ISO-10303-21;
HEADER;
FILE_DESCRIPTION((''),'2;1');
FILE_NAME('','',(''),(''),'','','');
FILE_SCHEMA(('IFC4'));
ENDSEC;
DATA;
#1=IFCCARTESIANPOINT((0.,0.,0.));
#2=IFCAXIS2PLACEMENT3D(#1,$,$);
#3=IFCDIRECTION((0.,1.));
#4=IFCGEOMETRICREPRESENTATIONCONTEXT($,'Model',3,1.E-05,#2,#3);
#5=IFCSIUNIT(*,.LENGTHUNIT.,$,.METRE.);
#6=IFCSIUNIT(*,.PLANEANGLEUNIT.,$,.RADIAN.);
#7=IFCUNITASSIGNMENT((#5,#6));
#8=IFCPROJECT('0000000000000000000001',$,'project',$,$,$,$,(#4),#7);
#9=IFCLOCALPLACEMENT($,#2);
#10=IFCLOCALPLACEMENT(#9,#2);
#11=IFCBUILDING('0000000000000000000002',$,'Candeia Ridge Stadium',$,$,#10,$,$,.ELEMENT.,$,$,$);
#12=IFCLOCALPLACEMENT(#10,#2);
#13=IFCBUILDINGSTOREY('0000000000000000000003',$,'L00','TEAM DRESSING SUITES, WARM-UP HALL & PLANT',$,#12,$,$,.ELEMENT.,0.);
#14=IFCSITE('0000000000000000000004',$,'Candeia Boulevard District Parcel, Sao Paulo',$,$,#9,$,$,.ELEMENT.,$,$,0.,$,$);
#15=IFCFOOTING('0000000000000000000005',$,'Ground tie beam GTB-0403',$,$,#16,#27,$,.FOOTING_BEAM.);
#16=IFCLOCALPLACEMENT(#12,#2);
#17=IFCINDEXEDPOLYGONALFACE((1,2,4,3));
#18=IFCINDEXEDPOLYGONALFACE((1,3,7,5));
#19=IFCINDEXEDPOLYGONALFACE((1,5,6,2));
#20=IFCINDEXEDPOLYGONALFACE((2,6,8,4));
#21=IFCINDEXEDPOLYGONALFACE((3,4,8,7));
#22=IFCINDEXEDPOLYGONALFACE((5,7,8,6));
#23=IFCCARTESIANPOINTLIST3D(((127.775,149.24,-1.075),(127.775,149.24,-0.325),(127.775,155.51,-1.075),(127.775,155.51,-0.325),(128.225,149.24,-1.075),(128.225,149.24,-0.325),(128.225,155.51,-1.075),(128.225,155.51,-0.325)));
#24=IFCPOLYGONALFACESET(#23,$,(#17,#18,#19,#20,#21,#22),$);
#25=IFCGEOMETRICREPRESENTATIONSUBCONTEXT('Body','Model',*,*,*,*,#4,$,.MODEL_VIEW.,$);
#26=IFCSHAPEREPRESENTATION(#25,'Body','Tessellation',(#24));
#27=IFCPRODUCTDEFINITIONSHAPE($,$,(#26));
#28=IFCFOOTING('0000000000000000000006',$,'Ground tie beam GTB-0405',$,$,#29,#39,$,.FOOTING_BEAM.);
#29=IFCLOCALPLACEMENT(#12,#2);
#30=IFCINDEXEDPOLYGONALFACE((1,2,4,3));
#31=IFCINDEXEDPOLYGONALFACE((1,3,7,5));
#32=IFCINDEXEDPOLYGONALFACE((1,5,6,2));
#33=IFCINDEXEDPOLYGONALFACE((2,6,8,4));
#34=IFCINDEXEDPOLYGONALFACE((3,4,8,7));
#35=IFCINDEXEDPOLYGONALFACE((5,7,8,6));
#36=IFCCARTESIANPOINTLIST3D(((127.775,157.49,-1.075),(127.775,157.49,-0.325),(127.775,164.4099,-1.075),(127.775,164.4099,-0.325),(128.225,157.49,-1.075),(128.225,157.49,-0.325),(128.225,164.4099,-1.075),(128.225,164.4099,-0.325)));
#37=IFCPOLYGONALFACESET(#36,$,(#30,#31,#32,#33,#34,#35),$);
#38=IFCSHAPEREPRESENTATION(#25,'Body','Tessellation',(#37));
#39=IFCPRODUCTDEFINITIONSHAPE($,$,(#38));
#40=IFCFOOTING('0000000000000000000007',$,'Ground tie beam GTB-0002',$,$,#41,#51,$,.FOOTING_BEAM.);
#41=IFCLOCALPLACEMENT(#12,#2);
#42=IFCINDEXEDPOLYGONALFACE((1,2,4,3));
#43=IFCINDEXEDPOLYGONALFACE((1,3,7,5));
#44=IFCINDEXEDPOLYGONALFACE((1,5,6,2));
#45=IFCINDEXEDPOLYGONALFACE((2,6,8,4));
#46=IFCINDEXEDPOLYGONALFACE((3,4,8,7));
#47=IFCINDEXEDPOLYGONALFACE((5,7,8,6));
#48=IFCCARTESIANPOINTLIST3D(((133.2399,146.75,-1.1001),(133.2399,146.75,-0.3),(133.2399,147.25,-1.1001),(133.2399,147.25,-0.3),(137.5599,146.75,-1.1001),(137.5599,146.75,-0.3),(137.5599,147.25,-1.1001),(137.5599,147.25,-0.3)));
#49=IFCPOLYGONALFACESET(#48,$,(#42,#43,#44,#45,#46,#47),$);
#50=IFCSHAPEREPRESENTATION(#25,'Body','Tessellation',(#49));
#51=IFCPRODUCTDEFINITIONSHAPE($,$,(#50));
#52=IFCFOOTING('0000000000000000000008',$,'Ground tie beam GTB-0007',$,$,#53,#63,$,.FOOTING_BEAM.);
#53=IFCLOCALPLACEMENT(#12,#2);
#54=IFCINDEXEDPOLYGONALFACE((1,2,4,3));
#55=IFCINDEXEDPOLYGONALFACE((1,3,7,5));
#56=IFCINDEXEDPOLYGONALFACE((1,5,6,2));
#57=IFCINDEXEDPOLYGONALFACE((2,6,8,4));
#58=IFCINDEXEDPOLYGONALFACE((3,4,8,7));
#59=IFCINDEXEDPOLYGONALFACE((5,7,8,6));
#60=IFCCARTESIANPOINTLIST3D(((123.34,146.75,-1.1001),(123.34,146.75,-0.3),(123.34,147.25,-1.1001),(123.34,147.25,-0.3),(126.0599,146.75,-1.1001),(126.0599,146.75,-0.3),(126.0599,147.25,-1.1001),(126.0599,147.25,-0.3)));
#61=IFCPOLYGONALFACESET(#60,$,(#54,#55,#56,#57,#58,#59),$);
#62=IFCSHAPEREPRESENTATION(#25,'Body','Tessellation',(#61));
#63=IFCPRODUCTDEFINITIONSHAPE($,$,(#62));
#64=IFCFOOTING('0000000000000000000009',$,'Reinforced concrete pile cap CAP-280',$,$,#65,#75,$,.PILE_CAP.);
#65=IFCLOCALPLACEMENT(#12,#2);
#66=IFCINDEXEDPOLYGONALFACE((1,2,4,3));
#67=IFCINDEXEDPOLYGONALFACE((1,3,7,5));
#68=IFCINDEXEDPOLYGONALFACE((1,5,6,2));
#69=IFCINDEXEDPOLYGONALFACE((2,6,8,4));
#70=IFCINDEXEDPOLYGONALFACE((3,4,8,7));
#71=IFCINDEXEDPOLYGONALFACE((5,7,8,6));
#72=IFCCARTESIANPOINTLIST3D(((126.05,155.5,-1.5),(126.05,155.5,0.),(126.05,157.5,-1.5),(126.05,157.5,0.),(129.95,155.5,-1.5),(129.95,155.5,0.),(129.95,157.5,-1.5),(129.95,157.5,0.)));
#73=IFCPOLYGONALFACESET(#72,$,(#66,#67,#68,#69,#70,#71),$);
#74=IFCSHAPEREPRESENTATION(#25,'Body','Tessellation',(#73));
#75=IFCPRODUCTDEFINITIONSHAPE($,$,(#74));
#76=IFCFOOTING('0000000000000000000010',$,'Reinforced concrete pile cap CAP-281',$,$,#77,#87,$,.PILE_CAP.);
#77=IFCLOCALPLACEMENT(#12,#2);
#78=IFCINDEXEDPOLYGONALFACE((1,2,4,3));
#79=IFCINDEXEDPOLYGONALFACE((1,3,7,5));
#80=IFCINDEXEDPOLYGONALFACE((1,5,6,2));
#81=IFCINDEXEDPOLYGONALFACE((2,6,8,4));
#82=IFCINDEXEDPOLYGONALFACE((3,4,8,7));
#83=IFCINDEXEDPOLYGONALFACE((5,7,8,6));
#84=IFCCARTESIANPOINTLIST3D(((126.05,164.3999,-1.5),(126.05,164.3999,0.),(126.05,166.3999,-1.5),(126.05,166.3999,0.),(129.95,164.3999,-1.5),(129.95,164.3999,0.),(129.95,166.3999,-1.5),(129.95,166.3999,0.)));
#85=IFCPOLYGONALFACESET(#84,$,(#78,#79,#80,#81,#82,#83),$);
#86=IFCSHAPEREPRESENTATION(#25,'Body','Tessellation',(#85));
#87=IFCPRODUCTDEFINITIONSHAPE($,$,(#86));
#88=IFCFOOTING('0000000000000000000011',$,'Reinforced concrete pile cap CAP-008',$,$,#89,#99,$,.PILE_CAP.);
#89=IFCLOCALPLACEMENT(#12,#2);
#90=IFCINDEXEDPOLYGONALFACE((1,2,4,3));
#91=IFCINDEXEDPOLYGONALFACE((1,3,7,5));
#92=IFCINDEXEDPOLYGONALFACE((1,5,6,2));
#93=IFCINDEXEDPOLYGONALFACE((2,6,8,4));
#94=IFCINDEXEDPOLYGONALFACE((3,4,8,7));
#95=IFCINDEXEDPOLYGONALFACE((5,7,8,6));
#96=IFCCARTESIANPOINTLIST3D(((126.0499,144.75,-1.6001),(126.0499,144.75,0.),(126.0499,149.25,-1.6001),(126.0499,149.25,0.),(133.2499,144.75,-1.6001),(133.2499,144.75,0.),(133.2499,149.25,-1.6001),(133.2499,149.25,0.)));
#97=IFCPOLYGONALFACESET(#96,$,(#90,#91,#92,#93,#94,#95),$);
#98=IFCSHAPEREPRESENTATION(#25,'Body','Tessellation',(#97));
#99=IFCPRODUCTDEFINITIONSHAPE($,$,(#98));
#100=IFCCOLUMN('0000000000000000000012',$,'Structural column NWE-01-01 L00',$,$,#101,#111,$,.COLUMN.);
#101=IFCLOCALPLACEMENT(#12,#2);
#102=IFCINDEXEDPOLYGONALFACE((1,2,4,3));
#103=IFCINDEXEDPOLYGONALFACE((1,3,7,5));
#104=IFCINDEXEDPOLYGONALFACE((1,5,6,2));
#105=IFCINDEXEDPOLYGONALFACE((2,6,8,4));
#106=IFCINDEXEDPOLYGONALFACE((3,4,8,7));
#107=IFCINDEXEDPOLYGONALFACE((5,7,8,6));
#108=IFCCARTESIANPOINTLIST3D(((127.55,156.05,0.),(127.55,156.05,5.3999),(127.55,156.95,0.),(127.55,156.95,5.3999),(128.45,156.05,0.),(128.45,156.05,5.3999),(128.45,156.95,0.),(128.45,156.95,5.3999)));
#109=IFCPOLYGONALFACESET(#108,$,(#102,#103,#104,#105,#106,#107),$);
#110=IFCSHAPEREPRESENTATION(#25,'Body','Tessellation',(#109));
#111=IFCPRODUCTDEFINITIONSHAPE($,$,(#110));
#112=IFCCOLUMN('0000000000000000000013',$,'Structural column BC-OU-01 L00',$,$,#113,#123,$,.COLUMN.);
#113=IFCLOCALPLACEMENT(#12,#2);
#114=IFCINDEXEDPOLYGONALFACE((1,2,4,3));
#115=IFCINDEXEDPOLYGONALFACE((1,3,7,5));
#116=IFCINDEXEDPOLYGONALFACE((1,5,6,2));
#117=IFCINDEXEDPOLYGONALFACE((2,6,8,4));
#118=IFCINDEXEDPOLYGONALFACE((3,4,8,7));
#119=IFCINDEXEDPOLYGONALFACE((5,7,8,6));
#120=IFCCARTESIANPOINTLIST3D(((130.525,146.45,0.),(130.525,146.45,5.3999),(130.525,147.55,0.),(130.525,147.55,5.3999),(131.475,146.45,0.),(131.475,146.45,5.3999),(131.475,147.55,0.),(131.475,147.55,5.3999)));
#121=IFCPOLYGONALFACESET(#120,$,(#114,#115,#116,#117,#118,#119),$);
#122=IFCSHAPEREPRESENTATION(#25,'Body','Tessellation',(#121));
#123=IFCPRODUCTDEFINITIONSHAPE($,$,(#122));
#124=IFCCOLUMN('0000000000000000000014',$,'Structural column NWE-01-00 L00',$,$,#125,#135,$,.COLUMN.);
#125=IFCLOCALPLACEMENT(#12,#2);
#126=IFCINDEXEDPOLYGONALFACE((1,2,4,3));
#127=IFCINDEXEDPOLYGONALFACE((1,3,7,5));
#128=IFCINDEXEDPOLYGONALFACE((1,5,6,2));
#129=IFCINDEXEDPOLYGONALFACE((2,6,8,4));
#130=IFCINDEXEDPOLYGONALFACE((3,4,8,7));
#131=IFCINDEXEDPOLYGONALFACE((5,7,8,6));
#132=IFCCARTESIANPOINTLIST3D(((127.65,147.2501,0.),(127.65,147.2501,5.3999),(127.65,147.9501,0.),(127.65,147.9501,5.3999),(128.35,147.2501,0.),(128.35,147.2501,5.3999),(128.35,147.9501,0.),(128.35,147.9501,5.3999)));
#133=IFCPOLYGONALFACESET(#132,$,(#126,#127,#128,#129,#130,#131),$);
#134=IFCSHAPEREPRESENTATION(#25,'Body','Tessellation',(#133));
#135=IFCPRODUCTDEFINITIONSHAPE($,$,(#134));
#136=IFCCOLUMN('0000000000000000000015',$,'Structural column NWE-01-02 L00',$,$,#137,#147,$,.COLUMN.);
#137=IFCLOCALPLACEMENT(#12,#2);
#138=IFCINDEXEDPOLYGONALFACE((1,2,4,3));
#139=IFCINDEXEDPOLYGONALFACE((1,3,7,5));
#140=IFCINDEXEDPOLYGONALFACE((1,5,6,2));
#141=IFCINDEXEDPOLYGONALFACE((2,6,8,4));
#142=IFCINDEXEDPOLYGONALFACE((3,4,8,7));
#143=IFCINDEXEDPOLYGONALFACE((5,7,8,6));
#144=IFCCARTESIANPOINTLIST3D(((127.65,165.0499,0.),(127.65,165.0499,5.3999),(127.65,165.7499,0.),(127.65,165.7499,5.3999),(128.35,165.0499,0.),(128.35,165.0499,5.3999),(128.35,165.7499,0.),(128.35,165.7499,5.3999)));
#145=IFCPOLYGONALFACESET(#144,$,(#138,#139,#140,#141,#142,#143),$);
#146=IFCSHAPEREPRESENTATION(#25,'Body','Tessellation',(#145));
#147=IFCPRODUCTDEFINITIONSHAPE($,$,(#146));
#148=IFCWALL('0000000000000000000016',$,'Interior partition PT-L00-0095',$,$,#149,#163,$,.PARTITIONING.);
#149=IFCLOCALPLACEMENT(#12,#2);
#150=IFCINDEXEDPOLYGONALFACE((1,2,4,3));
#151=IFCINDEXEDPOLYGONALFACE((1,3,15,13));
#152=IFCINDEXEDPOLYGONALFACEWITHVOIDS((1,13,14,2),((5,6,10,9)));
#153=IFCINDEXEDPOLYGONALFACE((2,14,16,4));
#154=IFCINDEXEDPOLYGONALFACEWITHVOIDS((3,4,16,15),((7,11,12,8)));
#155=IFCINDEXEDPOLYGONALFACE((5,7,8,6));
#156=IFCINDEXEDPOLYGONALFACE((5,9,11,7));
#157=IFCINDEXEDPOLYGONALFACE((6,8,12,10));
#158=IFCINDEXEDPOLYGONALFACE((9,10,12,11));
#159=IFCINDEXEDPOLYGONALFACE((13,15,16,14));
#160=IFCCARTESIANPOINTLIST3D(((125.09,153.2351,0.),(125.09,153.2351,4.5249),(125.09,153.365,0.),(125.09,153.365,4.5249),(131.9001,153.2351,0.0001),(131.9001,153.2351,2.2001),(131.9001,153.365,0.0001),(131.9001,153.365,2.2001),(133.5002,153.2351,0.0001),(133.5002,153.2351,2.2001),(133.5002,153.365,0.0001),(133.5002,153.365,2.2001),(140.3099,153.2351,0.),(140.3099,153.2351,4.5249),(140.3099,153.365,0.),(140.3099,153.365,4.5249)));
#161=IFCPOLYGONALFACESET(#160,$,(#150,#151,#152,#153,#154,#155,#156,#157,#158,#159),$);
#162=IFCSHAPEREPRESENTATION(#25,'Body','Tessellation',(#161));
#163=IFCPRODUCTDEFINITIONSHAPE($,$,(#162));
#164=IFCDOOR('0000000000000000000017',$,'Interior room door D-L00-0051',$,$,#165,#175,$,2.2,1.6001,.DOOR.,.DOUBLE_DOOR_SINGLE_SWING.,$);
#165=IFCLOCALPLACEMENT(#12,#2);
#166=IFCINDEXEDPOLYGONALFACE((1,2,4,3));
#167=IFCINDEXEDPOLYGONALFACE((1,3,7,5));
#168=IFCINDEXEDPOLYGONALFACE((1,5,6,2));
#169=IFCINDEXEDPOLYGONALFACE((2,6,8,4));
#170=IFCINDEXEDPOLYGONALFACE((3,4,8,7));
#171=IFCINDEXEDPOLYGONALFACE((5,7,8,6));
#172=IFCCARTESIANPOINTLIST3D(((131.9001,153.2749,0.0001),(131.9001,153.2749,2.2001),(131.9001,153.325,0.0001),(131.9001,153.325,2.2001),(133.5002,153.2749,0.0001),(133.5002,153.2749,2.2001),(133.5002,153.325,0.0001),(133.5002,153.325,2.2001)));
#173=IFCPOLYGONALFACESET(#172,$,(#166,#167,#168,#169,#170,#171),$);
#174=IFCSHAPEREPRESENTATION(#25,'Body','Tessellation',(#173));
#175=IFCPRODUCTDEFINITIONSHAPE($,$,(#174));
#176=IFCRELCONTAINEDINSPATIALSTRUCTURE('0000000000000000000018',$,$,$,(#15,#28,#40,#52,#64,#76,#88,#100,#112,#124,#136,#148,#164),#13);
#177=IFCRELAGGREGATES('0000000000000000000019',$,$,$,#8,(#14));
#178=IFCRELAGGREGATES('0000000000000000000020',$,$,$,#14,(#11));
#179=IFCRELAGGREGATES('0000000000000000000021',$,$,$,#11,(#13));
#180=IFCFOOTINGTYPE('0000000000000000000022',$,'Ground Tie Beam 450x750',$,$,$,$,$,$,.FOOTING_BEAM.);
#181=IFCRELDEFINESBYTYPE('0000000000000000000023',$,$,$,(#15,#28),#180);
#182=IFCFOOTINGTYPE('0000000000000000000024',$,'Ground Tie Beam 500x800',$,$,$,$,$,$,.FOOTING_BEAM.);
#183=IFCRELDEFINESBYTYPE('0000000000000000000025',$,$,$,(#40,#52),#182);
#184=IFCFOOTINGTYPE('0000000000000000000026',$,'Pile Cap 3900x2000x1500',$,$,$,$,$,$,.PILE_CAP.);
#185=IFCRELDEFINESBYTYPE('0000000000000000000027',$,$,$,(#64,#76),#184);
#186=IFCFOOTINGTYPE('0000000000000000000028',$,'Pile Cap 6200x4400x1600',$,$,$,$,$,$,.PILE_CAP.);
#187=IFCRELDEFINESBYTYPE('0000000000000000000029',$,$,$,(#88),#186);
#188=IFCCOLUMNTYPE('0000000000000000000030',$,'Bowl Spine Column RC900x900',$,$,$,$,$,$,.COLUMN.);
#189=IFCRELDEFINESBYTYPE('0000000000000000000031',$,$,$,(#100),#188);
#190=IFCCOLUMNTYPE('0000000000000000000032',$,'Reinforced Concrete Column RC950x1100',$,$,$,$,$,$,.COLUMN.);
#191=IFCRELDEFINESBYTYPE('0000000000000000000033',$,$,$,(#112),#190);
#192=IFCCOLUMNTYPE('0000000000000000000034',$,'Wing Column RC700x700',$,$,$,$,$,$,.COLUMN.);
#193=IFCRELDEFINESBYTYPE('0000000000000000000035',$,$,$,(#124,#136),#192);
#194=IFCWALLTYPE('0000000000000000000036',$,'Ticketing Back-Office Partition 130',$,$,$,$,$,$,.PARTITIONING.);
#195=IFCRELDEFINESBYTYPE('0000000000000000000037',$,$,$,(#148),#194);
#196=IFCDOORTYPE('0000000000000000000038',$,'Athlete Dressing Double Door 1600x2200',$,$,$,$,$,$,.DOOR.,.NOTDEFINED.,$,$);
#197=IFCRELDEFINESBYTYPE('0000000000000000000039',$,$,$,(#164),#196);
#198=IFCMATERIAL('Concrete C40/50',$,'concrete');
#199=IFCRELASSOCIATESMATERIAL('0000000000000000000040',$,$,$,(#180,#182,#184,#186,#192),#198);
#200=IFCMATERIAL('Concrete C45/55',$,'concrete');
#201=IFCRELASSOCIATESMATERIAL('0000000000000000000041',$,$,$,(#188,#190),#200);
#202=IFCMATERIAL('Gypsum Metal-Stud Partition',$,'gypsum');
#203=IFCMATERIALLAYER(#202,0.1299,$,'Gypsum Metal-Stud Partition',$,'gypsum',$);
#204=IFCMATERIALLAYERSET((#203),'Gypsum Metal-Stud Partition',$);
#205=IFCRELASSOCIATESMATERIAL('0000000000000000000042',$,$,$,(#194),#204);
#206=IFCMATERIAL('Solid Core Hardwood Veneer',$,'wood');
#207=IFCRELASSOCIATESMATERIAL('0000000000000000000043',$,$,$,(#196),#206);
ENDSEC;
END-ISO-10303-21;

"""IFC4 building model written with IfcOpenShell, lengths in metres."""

from ifc_helpers import new_model, si_unit, direction, frame, frame_2d, origin, origin_2d, place, context, subcontext, project, spatial, rectangle, extrude, material, layer, layer_set, material_profile, profile_set, type_object, element, fill, save


model = new_model("IFC4")

# Units and contexts
model_context = context("Model", 3, precision=1e-05, world=origin(), true_north=direction((0.0, 1.0)))
body_context = subcontext(model_context, "Body", "Model", "MODEL_VIEW")
ifc_project = project(units=[si_unit("LENGTHUNIT", "METRE"), si_unit("PLANEANGLEUNIT", "RADIAN")], contexts=[model_context])

# Site, building, storey
site_placement = place(None, origin())
site = spatial("IfcSite", under=ifc_project, at=site_placement, Name="Candeia Boulevard District Parcel, Sao Paulo", CompositionType="ELEMENT", RefElevation=0.0)
building_placement = place(site_placement, origin())
building = spatial("IfcBuilding", under=site, at=building_placement, Name="Candeia Ridge Stadium", CompositionType="ELEMENT")
storey_placement = place(building_placement, origin())
storey = spatial("IfcBuildingStorey", under=building, at=storey_placement, Name="L00", Description="TEAM DRESSING SUITES, WARM-UP HALL & PLANT", CompositionType="ELEMENT", Elevation=0.0)

# Shared definitions
ifc_material_1 = material(Name="Concrete C40/50", Category="concrete")

# Footings
footing_type_1 = type_object("IfcFootingType", Name="Ground Tie Beam 450x750", PredefinedType="FOOTING_BEAM", material=ifc_material_1)
footing_1_placement = place(storey_placement, frame((128.0, 152.375, -1.075), z_axis=(0.0, 0.0, 1.0), x_axis=(0.0, 1.0, 0.0)))
element("IfcFooting", 1, at=footing_1_placement, inside=storey, type_object=footing_type_1, Name="Ground tie beam GTB-0403", PredefinedType="FOOTING_BEAM", context=body_context, shape_type="SweptSolid", body=[
    extrude(rectangle(XDim=6.27, YDim=0.45, at=origin_2d()), origin(), (0.0, 0.0, 1.0), 0.75),
])
footing_2_placement = place(storey_placement, frame((128.0, 160.95, -1.075), z_axis=(0.0, 0.0, 1.0), x_axis=(0.0, 1.0, 0.0)))
element("IfcFooting", 2, at=footing_2_placement, inside=storey, type_object=footing_type_1, Name="Ground tie beam GTB-0405", PredefinedType="FOOTING_BEAM", context=body_context, shape_type="SweptSolid", body=[
    extrude(rectangle(XDim=6.9199, YDim=0.45, at=origin_2d()), origin(), (0.0, 0.0, 1.0), 0.75),
])
footing_type_2 = type_object("IfcFootingType", Name="Ground Tie Beam 500x800", PredefinedType="FOOTING_BEAM", material=ifc_material_1)
footing_3_placement = place(storey_placement, frame((135.3999, 147.0, -1.1001), z_axis=(0.0, 0.0, 1.0), x_axis=(-1.0, 0.0, 0.0)))
element("IfcFooting", 3, at=footing_3_placement, inside=storey, type_object=footing_type_2, Name="Ground tie beam GTB-0002", PredefinedType="FOOTING_BEAM", context=body_context, shape_type="SweptSolid", body=[
    extrude(rectangle(XDim=4.3201, YDim=0.5, at=origin_2d()), origin(), (0.0, 0.0, 1.0), 0.8),
])
footing_4_placement = place(storey_placement, frame((124.7, 147.0, -1.1001), z_axis=(0.0, 0.0, 1.0), x_axis=(-1.0, 0.0, 0.0)))
element("IfcFooting", 4, at=footing_4_placement, inside=storey, type_object=footing_type_2, Name="Ground tie beam GTB-0007", PredefinedType="FOOTING_BEAM", context=body_context, shape_type="SweptSolid", body=[
    extrude(rectangle(XDim=2.72, YDim=0.5, at=origin_2d()), origin(), (0.0, 0.0, 1.0), 0.8),
])
footing_type_3 = type_object("IfcFootingType", Name="Pile Cap 3900x2000x1500", PredefinedType="PILE_CAP", material=ifc_material_1)
for number, where, z_axis, x_axis, name in (
    (5, (128.0, 156.5, -1.5), (0.0, 0.0, 1.0), (1.0, 0.0, 0.0), "Reinforced concrete pile cap CAP-280"),
    (6, (128.0, 165.3999, -1.5), (0.0, 0.0, 1.0), (1.0, 0.0, 0.0), "Reinforced concrete pile cap CAP-281"),
):
    element("IfcFooting", number, at=place(storey_placement, frame(where, z_axis=z_axis, x_axis=x_axis)), inside=storey, type_object=footing_type_3, Name=name, PredefinedType="PILE_CAP", context=body_context, shape_type="SweptSolid", body=[
        extrude(rectangle(XDim=3.8999, YDim=2.0, at=origin_2d()), origin(), (0.0, 0.0, 1.0), 1.5),
    ])
footing_type_4 = type_object("IfcFootingType", Name="Pile Cap 6200x4400x1600", PredefinedType="PILE_CAP", material=ifc_material_1)
footing_5_placement = place(storey_placement, frame((129.6499, 147.0, -1.6001), z_axis=(0.0, 0.0, 1.0), x_axis=(1.0, 0.0, 0.0)))
element("IfcFooting", 7, at=footing_5_placement, inside=storey, type_object=footing_type_4, Name="Reinforced concrete pile cap CAP-008", PredefinedType="PILE_CAP", context=body_context, shape_type="SweptSolid", body=[
    extrude(rectangle(XDim=7.2, YDim=4.5, at=origin_2d()), origin(), (0.0, 0.0, 1.0), 1.6001),
])

# Columns
ifc_material_2 = material(Name="Concrete C45/55", Category="concrete")
ifc_material_profile_1 = material_profile(ifc_material_2, rectangle(XDim=0.8999, YDim=0.8999, at=origin_2d()), Name="RC900x900", Category="concrete")
ifc_profile_set_1 = profile_set([ifc_material_profile_1], Name="Concrete C45/55")
column_type_1 = type_object("IfcColumnType", Name="Bowl Spine Column RC900x900", PredefinedType="COLUMN", material=ifc_profile_set_1)
column_1_placement = place(storey_placement, frame((128.0, 156.5, 0.0), z_axis=(0.0, 0.0, 1.0), x_axis=(1.0, 0.0, 0.0)))
element("IfcColumn", 8, at=column_1_placement, inside=storey, type_object=column_type_1, Name="Structural column NWE-01-01 L00", PredefinedType="COLUMN", context=body_context, shape_type="SweptSolid", body=[
    extrude(rectangle(XDim=0.8999, YDim=0.8999, at=origin_2d()), origin(), (0.0, 0.0, 1.0), 5.3999),
])
ifc_material_profile_2 = material_profile(ifc_material_2, rectangle(XDim=0.95, YDim=1.1001, at=origin_2d()), Name="RC950x1100", Category="concrete")
ifc_profile_set_2 = profile_set([ifc_material_profile_2], Name="Concrete C45/55")
column_type_2 = type_object("IfcColumnType", Name="Reinforced Concrete Column RC950x1100", PredefinedType="COLUMN", material=ifc_profile_set_2)
column_2_placement = place(storey_placement, frame((131.0, 147.0, 0.0), z_axis=(0.0, 0.0, 1.0), x_axis=(1.0, 0.0, 0.0)))
element("IfcColumn", 9, at=column_2_placement, inside=storey, type_object=column_type_2, Name="Structural column BC-OU-01 L00", PredefinedType="COLUMN", context=body_context, shape_type="SweptSolid", body=[
    extrude(rectangle(XDim=0.95, YDim=1.1001, at=origin_2d()), origin(), (0.0, 0.0, 1.0), 5.3999),
])
ifc_material_profile_3 = material_profile(ifc_material_1, rectangle(XDim=0.7, YDim=0.7, at=origin_2d()), Name="RC700x700", Category="concrete")
ifc_profile_set_3 = profile_set([ifc_material_profile_3], Name="Concrete C40/50")
column_type_3 = type_object("IfcColumnType", Name="Wing Column RC700x700", PredefinedType="COLUMN", material=ifc_profile_set_3)
for number, where, z_axis, x_axis, name in (
    (10, (128.0, 147.6001, 0.0), (0.0, 0.0, 1.0), (1.0, 0.0, 0.0), "Structural column NWE-01-00 L00"),
    (11, (128.0, 165.3999, 0.0), (0.0, 0.0, 1.0), (1.0, 0.0, 0.0), "Structural column NWE-01-02 L00"),
):
    element("IfcColumn", number, at=place(storey_placement, frame(where, z_axis=z_axis, x_axis=x_axis)), inside=storey, type_object=column_type_3, Name=name, PredefinedType="COLUMN", context=body_context, shape_type="SweptSolid", body=[
        extrude(rectangle(XDim=0.7, YDim=0.7, at=origin_2d()), origin(), (0.0, 0.0, 1.0), 5.3999),
    ])

# Wall, opening, door
ifc_material_3 = material(Name="Gypsum Metal-Stud Partition", Category="gypsum")
ifc_layer_1 = layer(ifc_material_3, 0.1299, Name="Gypsum Metal-Stud Partition", Category="gypsum")
ifc_layer_set_1 = layer_set([ifc_layer_1], Name="Gypsum Metal-Stud Partition")
wall_type_1 = type_object("IfcWallType", Name="Ticketing Back-Office Partition 130", PredefinedType="PARTITIONING", material=ifc_layer_set_1)
wall_1_placement = place(storey_placement, frame((125.0901, 153.3, 0.0), z_axis=(0.0, 0.0, 1.0), x_axis=(1.0, 0.0, 0.0)))
wall_1 = element("IfcWall", 12, at=wall_1_placement, inside=storey, type_object=wall_type_1, Name="Interior partition PT-L00-0095", PredefinedType="PARTITIONING", context=body_context, shape_type="SweptSolid", body=[
    extrude(rectangle(XDim=15.22, YDim=0.1299, at=frame_2d((7.6099, 0.0))), origin(), (0.0, 0.0, 1.0), 4.5249),
])
opening_1_placement = place(wall_1_placement, frame((6.8101, 0.0, 0.0)))
opening_1 = element("IfcOpeningElement", 13, at=opening_1_placement, cuts=wall_1, PredefinedType="OPENING", context=body_context, shape_type="SweptSolid", body=[
    extrude(rectangle(XDim=1.6001, YDim=2.2, at=frame_2d((0.8, 1.1001))), frame((0.0, 0.075, 0.0), z_axis=(0.0, -1.0, 0.0), x_axis=(1.0, 0.0, 0.0)), (0.0, 0.0, 1.0), 0.1499),
])
ifc_material_4 = material(Name="Solid Core Hardwood Veneer", Category="wood")
door_type_1 = type_object("IfcDoorType", Name="Athlete Dressing Double Door 1600x2200", OperationType="NOTDEFINED", PredefinedType="DOOR", material=ifc_material_4)
door_1_placement = place(opening_1_placement, origin())
door_1 = element("IfcDoor", 14, at=door_1_placement, inside=storey, type_object=door_type_1, Name="Interior room door D-L00-0051", OperationType="DOUBLE_DOOR_SINGLE_SWING", OverallHeight=2.2, OverallWidth=1.6001, PredefinedType="DOOR", context=body_context, shape_type="SweptSolid", body=[
    extrude(rectangle(XDim=1.6001, YDim=2.2, at=frame_2d((0.8, 1.1001))), frame((0.0, 0.0249, 0.0), z_axis=(0.0, -1.0, 0.0), x_axis=(1.0, 0.0, 0.0)), (0.0, 0.0, 1.0), 0.05),
])
fill(opening_1, door_1)

save(model, "model.ifc")
